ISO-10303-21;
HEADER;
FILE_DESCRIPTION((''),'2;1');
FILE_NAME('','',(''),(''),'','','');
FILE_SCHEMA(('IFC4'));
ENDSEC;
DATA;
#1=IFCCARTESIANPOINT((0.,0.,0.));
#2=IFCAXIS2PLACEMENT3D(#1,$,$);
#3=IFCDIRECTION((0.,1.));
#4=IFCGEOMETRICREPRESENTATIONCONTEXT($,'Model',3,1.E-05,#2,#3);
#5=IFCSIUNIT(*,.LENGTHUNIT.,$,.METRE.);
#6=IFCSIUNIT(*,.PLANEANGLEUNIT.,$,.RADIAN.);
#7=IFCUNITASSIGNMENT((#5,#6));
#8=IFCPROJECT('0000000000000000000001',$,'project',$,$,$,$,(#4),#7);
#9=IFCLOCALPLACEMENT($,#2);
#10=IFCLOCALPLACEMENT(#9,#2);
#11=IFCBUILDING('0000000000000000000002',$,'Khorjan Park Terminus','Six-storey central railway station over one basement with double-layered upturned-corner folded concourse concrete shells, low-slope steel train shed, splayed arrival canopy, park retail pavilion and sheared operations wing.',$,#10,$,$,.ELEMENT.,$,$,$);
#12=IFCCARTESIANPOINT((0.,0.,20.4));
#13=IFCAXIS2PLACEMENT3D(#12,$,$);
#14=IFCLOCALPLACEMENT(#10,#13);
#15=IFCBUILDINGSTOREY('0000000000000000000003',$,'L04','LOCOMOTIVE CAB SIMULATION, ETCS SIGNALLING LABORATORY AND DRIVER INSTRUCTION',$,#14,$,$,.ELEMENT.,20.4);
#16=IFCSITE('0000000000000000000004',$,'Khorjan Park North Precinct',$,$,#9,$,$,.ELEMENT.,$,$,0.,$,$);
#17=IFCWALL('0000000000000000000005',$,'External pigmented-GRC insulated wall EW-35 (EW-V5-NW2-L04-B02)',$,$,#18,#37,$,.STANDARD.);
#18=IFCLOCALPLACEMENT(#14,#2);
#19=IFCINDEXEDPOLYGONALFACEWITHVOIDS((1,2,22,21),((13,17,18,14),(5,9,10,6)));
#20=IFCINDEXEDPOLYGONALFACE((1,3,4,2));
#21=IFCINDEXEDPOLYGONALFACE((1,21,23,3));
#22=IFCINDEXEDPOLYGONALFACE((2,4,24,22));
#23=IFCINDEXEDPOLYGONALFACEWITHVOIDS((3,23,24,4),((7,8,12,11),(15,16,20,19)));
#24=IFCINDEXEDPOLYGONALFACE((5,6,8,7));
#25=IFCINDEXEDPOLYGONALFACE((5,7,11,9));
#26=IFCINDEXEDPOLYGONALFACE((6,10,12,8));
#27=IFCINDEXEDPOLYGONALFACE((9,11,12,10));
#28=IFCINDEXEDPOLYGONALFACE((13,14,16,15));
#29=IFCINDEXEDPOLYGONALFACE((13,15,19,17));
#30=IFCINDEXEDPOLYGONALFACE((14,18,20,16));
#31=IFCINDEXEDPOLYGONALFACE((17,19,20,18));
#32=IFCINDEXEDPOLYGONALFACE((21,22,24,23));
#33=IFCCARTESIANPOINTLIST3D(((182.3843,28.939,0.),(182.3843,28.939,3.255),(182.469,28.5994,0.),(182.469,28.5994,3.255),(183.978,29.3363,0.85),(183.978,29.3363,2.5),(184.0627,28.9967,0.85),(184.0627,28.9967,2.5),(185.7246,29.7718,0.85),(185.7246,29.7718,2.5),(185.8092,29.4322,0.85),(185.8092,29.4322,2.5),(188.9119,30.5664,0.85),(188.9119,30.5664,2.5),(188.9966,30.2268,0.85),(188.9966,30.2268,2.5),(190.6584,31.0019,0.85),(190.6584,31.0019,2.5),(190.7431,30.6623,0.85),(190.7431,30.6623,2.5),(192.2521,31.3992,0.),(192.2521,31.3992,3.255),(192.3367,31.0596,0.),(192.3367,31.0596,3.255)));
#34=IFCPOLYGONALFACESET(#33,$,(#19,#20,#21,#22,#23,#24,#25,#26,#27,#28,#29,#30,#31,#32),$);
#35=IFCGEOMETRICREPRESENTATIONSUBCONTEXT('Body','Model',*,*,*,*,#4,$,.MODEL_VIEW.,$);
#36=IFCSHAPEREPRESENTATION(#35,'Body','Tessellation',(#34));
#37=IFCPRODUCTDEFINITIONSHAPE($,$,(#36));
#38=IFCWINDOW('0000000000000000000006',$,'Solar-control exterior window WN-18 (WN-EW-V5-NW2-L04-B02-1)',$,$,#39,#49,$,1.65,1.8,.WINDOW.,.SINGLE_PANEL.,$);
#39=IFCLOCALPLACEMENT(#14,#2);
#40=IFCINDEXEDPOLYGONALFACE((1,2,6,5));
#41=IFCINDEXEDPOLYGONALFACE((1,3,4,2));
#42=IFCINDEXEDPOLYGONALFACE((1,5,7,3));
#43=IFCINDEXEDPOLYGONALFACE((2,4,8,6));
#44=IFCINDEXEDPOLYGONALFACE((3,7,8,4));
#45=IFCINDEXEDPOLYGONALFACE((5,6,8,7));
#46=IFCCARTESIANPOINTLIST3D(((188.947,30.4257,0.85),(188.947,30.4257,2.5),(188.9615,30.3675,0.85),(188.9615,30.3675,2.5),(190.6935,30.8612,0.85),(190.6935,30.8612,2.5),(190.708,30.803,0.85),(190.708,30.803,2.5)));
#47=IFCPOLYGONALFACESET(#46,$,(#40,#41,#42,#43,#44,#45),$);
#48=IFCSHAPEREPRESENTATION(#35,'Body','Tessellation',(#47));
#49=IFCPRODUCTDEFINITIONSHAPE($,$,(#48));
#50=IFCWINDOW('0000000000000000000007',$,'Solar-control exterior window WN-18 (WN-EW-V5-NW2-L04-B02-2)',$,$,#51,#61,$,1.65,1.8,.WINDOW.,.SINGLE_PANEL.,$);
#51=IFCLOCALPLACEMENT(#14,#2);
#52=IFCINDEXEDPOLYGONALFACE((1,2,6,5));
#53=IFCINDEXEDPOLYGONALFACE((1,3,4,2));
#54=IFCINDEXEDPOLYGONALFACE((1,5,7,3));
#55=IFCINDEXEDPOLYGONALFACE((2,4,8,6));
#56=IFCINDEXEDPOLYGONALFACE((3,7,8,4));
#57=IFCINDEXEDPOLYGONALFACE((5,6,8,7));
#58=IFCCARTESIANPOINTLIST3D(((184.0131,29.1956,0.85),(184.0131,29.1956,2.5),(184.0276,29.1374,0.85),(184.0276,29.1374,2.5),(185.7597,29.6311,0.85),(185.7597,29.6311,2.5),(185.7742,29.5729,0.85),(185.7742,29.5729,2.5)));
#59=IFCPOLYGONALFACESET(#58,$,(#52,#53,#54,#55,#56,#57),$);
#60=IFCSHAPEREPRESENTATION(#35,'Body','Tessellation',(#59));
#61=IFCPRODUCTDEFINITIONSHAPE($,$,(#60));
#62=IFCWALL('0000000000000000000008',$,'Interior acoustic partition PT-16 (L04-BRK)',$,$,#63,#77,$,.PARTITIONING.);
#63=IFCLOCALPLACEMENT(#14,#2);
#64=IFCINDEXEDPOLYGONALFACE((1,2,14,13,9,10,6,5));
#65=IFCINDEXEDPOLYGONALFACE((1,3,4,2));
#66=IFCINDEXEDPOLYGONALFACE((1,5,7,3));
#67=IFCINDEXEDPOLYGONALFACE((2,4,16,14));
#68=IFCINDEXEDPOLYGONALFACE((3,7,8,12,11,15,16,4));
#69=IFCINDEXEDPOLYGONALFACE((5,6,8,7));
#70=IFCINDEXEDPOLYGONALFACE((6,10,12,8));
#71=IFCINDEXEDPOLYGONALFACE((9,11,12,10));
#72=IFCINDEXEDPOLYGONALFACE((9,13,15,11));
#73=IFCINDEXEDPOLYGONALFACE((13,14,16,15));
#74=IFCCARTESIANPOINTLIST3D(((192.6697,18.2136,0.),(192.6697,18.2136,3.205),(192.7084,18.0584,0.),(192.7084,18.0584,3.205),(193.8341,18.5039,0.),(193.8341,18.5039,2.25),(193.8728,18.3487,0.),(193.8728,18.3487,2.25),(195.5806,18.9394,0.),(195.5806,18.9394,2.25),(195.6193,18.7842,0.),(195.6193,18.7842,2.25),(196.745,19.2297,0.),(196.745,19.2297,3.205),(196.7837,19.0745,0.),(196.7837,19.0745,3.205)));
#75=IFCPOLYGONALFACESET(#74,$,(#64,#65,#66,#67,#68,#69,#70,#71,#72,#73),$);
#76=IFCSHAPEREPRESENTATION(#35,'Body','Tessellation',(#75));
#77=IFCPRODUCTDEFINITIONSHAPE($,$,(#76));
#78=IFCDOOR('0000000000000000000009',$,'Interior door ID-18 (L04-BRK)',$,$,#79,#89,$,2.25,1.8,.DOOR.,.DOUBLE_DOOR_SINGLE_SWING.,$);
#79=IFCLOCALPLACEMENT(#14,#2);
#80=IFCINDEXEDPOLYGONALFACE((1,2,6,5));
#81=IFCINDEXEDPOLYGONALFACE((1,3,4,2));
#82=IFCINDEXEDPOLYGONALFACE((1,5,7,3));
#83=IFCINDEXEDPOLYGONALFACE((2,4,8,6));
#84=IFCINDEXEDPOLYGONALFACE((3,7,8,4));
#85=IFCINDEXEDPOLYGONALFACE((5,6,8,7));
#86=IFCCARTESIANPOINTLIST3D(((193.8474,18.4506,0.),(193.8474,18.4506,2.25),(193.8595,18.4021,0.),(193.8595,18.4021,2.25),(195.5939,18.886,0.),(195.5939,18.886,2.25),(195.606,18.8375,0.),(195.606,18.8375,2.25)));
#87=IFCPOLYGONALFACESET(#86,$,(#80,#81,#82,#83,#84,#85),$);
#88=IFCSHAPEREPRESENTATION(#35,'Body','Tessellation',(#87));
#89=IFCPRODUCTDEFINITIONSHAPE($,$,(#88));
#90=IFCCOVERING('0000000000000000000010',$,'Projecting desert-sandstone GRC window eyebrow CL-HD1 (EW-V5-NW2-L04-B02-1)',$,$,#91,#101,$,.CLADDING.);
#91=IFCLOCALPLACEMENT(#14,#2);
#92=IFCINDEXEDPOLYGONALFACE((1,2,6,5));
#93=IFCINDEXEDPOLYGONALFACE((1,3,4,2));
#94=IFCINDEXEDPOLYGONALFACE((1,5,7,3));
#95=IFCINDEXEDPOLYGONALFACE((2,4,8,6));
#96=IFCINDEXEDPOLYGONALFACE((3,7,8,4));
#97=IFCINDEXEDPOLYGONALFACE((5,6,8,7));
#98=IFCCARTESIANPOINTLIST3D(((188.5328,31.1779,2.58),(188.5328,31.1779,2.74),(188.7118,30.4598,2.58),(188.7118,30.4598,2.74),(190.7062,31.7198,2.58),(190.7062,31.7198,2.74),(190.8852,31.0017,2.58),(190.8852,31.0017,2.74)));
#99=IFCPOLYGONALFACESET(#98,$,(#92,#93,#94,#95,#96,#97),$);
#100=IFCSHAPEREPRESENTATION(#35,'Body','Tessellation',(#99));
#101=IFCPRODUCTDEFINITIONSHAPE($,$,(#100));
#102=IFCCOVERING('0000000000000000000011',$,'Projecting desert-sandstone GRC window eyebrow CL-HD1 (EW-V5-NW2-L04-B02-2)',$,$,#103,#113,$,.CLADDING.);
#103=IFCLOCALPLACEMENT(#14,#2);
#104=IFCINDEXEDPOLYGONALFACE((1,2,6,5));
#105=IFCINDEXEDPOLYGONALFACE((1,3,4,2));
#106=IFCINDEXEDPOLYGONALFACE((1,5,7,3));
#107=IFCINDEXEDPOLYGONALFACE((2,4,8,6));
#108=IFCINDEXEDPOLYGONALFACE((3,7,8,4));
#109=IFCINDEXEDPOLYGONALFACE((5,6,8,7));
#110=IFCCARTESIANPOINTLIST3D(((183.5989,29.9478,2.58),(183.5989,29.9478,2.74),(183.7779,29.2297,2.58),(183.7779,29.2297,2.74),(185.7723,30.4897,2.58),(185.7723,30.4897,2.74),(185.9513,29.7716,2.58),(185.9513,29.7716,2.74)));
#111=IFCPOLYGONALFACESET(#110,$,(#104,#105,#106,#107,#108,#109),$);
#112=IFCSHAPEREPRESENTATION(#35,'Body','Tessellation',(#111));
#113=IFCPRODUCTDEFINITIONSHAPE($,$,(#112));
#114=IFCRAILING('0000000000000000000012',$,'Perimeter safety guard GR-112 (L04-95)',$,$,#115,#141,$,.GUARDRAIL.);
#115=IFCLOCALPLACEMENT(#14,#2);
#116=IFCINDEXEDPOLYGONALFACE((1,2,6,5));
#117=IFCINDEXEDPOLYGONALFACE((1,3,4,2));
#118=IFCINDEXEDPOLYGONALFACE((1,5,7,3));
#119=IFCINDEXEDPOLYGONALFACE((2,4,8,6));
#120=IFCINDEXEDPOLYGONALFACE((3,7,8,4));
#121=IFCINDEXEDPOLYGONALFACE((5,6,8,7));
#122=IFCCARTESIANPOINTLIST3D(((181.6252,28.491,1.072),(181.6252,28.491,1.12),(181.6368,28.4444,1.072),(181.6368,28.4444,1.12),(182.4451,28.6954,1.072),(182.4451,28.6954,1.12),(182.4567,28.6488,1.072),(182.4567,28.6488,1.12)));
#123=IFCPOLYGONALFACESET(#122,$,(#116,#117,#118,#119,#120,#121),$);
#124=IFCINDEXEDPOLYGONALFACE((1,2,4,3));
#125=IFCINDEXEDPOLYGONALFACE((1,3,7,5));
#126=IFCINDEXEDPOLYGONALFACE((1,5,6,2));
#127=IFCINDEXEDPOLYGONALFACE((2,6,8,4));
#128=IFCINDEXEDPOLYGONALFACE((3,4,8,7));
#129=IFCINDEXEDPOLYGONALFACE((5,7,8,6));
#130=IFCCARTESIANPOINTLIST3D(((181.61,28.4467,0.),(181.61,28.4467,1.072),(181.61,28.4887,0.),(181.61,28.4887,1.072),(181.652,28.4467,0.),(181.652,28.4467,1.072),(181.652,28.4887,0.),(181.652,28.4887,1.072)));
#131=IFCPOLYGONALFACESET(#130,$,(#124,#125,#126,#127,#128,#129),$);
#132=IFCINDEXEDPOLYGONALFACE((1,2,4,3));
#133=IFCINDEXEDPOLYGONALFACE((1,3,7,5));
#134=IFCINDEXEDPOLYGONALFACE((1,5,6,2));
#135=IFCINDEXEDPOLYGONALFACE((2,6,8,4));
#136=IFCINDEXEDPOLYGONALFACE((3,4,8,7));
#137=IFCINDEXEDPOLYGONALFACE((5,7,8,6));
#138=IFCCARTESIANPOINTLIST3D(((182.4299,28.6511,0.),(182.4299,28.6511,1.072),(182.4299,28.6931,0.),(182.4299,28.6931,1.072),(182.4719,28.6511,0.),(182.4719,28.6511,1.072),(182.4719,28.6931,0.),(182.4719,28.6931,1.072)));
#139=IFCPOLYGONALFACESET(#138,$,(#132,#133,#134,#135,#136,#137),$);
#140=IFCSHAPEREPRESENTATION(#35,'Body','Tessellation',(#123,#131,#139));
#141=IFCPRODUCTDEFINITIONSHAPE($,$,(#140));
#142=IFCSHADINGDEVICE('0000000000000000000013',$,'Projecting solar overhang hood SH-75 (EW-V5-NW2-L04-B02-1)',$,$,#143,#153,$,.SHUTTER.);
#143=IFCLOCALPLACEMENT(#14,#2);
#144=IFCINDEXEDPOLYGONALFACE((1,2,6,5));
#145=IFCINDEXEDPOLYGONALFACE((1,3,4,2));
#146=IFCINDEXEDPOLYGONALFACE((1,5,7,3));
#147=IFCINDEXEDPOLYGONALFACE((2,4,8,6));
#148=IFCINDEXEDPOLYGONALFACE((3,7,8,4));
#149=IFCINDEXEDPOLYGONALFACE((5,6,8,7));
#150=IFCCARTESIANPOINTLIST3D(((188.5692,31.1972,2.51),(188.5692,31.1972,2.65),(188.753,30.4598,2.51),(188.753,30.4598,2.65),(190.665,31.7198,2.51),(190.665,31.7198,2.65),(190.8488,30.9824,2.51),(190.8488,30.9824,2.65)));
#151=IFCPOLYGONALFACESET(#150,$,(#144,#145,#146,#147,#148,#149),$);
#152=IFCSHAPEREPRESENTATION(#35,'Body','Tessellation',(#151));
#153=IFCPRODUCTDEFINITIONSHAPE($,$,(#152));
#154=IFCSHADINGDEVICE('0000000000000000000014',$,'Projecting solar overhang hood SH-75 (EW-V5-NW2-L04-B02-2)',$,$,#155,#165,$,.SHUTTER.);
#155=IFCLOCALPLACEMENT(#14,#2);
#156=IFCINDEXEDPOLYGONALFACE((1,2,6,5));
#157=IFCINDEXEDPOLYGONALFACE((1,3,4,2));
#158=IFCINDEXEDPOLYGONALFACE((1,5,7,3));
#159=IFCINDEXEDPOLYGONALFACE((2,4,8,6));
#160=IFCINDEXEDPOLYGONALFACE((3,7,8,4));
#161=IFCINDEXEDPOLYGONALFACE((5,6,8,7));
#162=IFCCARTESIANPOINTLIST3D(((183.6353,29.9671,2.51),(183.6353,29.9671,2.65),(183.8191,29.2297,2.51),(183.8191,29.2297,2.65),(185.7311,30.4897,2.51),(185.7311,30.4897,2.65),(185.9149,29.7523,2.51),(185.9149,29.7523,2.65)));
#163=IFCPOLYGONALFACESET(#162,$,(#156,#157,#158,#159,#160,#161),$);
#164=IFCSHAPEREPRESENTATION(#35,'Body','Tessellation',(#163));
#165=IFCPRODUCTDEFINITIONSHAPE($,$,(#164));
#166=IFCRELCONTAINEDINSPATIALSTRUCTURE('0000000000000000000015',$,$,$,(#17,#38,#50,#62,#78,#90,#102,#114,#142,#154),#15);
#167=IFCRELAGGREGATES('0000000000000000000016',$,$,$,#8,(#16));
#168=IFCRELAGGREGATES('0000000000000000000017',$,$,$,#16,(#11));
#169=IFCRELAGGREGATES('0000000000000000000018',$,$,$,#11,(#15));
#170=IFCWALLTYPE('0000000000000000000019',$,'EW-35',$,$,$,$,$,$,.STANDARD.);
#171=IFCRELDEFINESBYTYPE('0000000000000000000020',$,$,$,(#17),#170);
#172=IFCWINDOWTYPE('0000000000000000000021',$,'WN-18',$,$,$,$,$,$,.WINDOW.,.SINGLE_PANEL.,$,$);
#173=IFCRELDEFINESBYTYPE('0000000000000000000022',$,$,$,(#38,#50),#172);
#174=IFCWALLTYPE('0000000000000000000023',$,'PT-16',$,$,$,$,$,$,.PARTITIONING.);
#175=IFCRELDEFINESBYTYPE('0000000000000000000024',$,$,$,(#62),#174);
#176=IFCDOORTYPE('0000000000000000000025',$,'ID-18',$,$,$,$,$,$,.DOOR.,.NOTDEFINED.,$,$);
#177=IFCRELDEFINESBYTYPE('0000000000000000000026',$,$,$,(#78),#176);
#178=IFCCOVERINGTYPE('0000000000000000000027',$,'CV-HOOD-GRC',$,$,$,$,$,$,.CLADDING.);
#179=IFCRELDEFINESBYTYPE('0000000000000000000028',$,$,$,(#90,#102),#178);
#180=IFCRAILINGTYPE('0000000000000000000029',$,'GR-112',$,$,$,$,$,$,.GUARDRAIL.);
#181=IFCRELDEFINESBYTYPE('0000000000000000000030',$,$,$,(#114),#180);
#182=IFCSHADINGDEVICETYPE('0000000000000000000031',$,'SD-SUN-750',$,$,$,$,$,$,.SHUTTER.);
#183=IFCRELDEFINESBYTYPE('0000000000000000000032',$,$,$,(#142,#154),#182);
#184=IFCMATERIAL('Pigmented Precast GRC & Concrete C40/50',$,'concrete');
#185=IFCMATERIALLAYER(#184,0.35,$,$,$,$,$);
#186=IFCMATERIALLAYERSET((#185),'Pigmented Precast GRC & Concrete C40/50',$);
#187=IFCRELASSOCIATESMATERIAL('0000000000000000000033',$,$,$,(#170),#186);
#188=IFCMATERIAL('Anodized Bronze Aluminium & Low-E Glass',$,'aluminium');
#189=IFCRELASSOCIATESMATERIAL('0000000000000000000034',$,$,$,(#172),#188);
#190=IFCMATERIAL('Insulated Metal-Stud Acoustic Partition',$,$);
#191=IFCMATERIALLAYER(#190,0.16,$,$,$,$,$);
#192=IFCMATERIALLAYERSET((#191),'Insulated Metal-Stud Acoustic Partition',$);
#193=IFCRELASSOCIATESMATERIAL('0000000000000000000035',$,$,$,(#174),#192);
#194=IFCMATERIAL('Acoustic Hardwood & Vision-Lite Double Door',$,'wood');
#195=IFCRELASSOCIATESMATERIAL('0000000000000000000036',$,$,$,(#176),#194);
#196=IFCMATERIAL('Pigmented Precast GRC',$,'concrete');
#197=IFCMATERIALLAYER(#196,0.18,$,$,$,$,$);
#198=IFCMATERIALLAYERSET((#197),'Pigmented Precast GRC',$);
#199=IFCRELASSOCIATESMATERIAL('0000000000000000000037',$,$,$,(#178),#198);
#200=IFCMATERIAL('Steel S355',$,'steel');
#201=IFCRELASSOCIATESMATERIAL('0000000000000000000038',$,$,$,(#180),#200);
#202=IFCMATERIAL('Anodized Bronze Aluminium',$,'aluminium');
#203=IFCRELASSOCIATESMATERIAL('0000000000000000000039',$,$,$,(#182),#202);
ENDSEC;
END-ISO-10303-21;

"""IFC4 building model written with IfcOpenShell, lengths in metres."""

from ifc_helpers import new_model, si_unit, direction, frame, frame_2d, origin, origin_2d, place, context, subcontext, project, spatial, rectangle, extrude, material, layer, layer_set, type_object, element, fill, save


model = new_model("IFC4")

# Units and contexts
model_context = context("Model", 3, precision=1e-05, world=origin(), true_north=direction((0.0, 1.0)))
body_context = subcontext(model_context, "Body", "Model", "MODEL_VIEW")
ifc_project = project(units=[si_unit("LENGTHUNIT", "METRE"), si_unit("PLANEANGLEUNIT", "RADIAN")], contexts=[model_context])

# Site, building, storey
site_placement = place(None, origin())
site = spatial("IfcSite", under=ifc_project, at=site_placement, Name="Khorjan Park North Precinct", CompositionType="ELEMENT", RefElevation=0.0)
building_placement = place(site_placement, origin())
building = spatial("IfcBuilding", under=site, at=building_placement, Name="Khorjan Park Terminus", Description="Six-storey central railway station over one basement with double-layered upturned-corner folded concourse concrete shells, low-slope steel train shed, splayed arrival canopy, park retail pavilion and sheared operations wing.", CompositionType="ELEMENT")
storey_placement = place(building_placement, frame((0.0, 0.0, 20.4)))
storey = spatial("IfcBuildingStorey", under=building, at=storey_placement, Name="L04", Description="LOCOMOTIVE CAB SIMULATION, ETCS SIGNALLING LABORATORY AND DRIVER INSTRUCTION", CompositionType="ELEMENT", Elevation=20.4)

# Shared definitions
ifc_material_1 = material(Name="Steel S355", Category="steel")

# Shared definitions
ifc_material_2 = material(Name="Anodized Bronze Aluminium", Category="aluminium")

# Wall, openings, windows
ifc_material_3 = material(Name="Pigmented Precast GRC & Concrete C40/50", Category="concrete")
ifc_layer_1 = layer(ifc_material_3, 0.35)
ifc_layer_set_1 = layer_set([ifc_layer_1], Name="Pigmented Precast GRC & Concrete C40/50")
wall_type_1 = type_object("IfcWallType", Name="EW-35", PredefinedType="STANDARD", material=ifc_layer_set_1)
wall_1_placement = place(storey_placement, frame((192.2944, 31.2294, 0.0), z_axis=(0.0, 0.0, 1.0), x_axis=(-0.970298, -0.241913, 0.0)))
wall_1 = element("IfcWall", 1, at=wall_1_placement, inside=storey, type_object=wall_type_1, Name="External pigmented-GRC insulated wall EW-35 (EW-V5-NW2-L04-B02)", PredefinedType="STANDARD", context=body_context, shape_type="SweptSolid", body=[
    extrude(rectangle(XDim=10.1698, YDim=0.35, at=frame_2d((5.0849, 0.0))), origin(), (0.0, 0.0, 1.0), 3.255),
])
opening_1_placement = place(wall_1_placement, frame((1.6424, 0.0, 0.85)))
opening_1 = element("IfcOpeningElement", 2, at=opening_1_placement, cuts=wall_1, PredefinedType="OPENING", context=body_context, shape_type="SweptSolid", body=[
    extrude(rectangle(XDim=1.8, YDim=1.65, at=frame_2d((0.9, 0.825))), frame((0.0, 0.185, 0.0), z_axis=(0.0, -1.0, 0.0), x_axis=(1.0, 0.0, 0.0)), (0.0, 0.0, 1.0), 0.37),
])
opening_2_placement = place(wall_1_placement, frame((6.7273, 0.0, 0.85)))
opening_2 = element("IfcOpeningElement", 3, at=opening_2_placement, cuts=wall_1, PredefinedType="OPENING", context=body_context, shape_type="SweptSolid", body=[
    extrude(rectangle(XDim=1.8, YDim=1.65, at=frame_2d((0.9, 0.825))), frame((0.0, 0.185, 0.0), z_axis=(0.0, -1.0, 0.0), x_axis=(1.0, 0.0, 0.0)), (0.0, 0.0, 1.0), 0.37),
])
ifc_material_4 = material(Name="Anodized Bronze Aluminium & Low-E Glass", Category="aluminium")
window_type = type_object("IfcWindowType", Name="WN-18", PartitioningType="SINGLE_PANEL", PredefinedType="WINDOW", material=ifc_material_4)
window_1_placement = place(opening_1_placement, origin())
window_1 = element("IfcWindow", 4, at=window_1_placement, inside=storey, type_object=window_type, Name="Solar-control exterior window WN-18 (WN-EW-V5-NW2-L04-B02-1)", OverallHeight=1.65, OverallWidth=1.8, PartitioningType="SINGLE_PANEL", PredefinedType="WINDOW", context=body_context, shape_type="SweptSolid", body=[
    extrude(rectangle(XDim=1.8, YDim=1.65, at=frame_2d((0.9, 0.825))), frame((0.0, 0.03, 0.0), z_axis=(0.0, -1.0, 0.0), x_axis=(1.0, 0.0, 0.0)), (0.0, 0.0, 1.0), 0.06),
])
fill(opening_1, window_1)
window_2_placement = place(opening_2_placement, origin())
window_2 = element("IfcWindow", 5, at=window_2_placement, inside=storey, type_object=window_type, Name="Solar-control exterior window WN-18 (WN-EW-V5-NW2-L04-B02-2)", OverallHeight=1.65, OverallWidth=1.8, PartitioningType="SINGLE_PANEL", PredefinedType="WINDOW", context=body_context, shape_type="SweptSolid", body=[
    extrude(rectangle(XDim=1.8, YDim=1.65, at=frame_2d((0.9, 0.825))), frame((0.0, 0.03, 0.0), z_axis=(0.0, -1.0, 0.0), x_axis=(1.0, 0.0, 0.0)), (0.0, 0.0, 1.0), 0.06),
])
fill(opening_2, window_2)

# Wall, opening, door
ifc_material_5 = material(Name="Insulated Metal-Stud Acoustic Partition")
ifc_layer_2 = layer(ifc_material_5, 0.16)
ifc_layer_set_2 = layer_set([ifc_layer_2], Name="Insulated Metal-Stud Acoustic Partition")
wall_type_2 = type_object("IfcWallType", Name="PT-16", PredefinedType="PARTITIONING", material=ifc_layer_set_2)
wall_2_placement = place(storey_placement, frame((192.6891, 18.136, 0.0), z_axis=(0.0, 0.0, 1.0), x_axis=(0.970295, 0.241925, 0.0)))
wall_2 = element("IfcWall", 6, at=wall_2_placement, inside=storey, type_object=wall_type_2, Name="Interior acoustic partition PT-16 (L04-BRK)", PredefinedType="PARTITIONING", context=body_context, shape_type="SweptSolid", body=[
    extrude(rectangle(XDim=4.2001, YDim=0.16, at=frame_2d((2.1, 0.0))), origin(), (0.0, 0.0, 1.0), 3.205),
])
opening_3_placement = place(wall_2_placement, frame((1.2, 0.0, 0.0)))
opening_3 = element("IfcOpeningElement", 7, at=opening_3_placement, cuts=wall_2, PredefinedType="OPENING", context=body_context, shape_type="SweptSolid", body=[
    extrude(rectangle(XDim=1.8, YDim=2.25, at=frame_2d((0.9, 1.125))), frame((0.0, 0.09, 0.0), z_axis=(0.0, -1.0, 0.0), x_axis=(1.0, 0.0, 0.0)), (0.0, 0.0, 1.0), 0.18),
])
ifc_material_6 = material(Name="Acoustic Hardwood & Vision-Lite Double Door", Category="wood")
door_type = type_object("IfcDoorType", Name="ID-18", OperationType="NOTDEFINED", PredefinedType="DOOR", material=ifc_material_6)
door_placement = place(opening_3_placement, origin())
door = element("IfcDoor", 8, at=door_placement, inside=storey, type_object=door_type, Name="Interior door ID-18 (L04-BRK)", OperationType="DOUBLE_DOOR_SINGLE_SWING", OverallHeight=2.25, OverallWidth=1.8, PredefinedType="DOOR", context=body_context, shape_type="SweptSolid", body=[
    extrude(rectangle(XDim=1.8, YDim=2.25, at=frame_2d((0.9, 1.125))), frame((0.0, 0.025, 0.0), z_axis=(0.0, -1.0, 0.0), x_axis=(1.0, 0.0, 0.0)), (0.0, 0.0, 1.0), 0.05),
])
fill(opening_3, door)

# Coverings
ifc_material_7 = material(Name="Pigmented Precast GRC", Category="concrete")
ifc_layer_3 = layer(ifc_material_7, 0.18)
ifc_layer_set_3 = layer_set([ifc_layer_3], Name="Pigmented Precast GRC")
covering_type = type_object("IfcCoveringType", Name="CV-HOOD-GRC", PredefinedType="CLADDING", material=ifc_layer_set_3)
for number, where, z_axis, x_axis, name in (
    (9, (189.709, 31.0898, 2.58), (0.0, 0.0, 1.0), (-0.970298, -0.241913, 0.0), "Projecting desert-sandstone GRC window eyebrow CL-HD1 (EW-V5-NW2-L04-B02-1)"),
    (10, (184.7751, 29.8597, 2.58), (0.0, 0.0, 1.0), (-0.970298, -0.241913, 0.0), "Projecting desert-sandstone GRC window eyebrow CL-HD1 (EW-V5-NW2-L04-B02-2)"),
):
    element("IfcCovering", number, at=place(storey_placement, frame(where, z_axis=z_axis, x_axis=x_axis)), inside=storey, type_object=covering_type, Name=name, PredefinedType="CLADDING", context=body_context, shape_type="SweptSolid", body=[
        extrude(rectangle(XDim=2.24, YDim=0.74, at=origin_2d()), origin(), (0.0, 0.0, 1.0), 0.16),
    ])

# Railing
railing_type_1 = type_object("IfcRailingType", Name="GR-112", PredefinedType="GUARDRAIL", material=ifc_material_1)
railing_1_placement = place(storey_placement, frame((181.631, 28.4677, 0.0)))
element("IfcRailing", 11, at=railing_1_placement, inside=storey, type_object=railing_type_1, Name="Perimeter safety guard GR-112 (L04-95)", PredefinedType="GUARDRAIL", context=body_context, shape_type="SweptSolid", body=[
    extrude(rectangle(XDim=0.048, YDim=0.048, at=origin_2d()), frame((0.0, 0.0, 1.096), z_axis=(0.970302, 0.241895, 0.0), x_axis=(-0.241895, 0.970302, 0.0)), (0.0, 0.0, 1.0), 0.845),
    extrude(rectangle(XDim=0.042, YDim=0.042, at=origin_2d()), origin(), (0.0, 0.0, 1.0), 1.072),
    extrude(rectangle(XDim=0.042, YDim=0.042, at=origin_2d()), frame((0.8199, 0.2044, 0.0)), (0.0, 0.0, 1.0), 1.072),
])

# Shading devices
shading_device_type = type_object("IfcShadingDeviceType", Name="SD-SUN-750", PredefinedType="SHUTTER", material=ifc_material_2)
for number, where, z_axis, x_axis, name in (
    (12, (189.709, 31.0898, 2.51), (0.0, 0.0, 1.0), (-0.970298, -0.241913, 0.0), "Projecting solar overhang hood SH-75 (EW-V5-NW2-L04-B02-1)"),
    (13, (184.7751, 29.8597, 2.51), (0.0, 0.0, 1.0), (-0.970298, -0.241913, 0.0), "Projecting solar overhang hood SH-75 (EW-V5-NW2-L04-B02-2)"),
):
    element("IfcShadingDevice", number, at=place(storey_placement, frame(where, z_axis=z_axis, x_axis=x_axis)), inside=storey, type_object=shading_device_type, Name=name, PredefinedType="SHUTTER", context=body_context, shape_type="SweptSolid", body=[
        extrude(rectangle(XDim=2.16, YDim=0.76, at=origin_2d()), origin(), (0.0, 0.0, 1.0), 0.14),
    ])

save(model, "model.ifc")
